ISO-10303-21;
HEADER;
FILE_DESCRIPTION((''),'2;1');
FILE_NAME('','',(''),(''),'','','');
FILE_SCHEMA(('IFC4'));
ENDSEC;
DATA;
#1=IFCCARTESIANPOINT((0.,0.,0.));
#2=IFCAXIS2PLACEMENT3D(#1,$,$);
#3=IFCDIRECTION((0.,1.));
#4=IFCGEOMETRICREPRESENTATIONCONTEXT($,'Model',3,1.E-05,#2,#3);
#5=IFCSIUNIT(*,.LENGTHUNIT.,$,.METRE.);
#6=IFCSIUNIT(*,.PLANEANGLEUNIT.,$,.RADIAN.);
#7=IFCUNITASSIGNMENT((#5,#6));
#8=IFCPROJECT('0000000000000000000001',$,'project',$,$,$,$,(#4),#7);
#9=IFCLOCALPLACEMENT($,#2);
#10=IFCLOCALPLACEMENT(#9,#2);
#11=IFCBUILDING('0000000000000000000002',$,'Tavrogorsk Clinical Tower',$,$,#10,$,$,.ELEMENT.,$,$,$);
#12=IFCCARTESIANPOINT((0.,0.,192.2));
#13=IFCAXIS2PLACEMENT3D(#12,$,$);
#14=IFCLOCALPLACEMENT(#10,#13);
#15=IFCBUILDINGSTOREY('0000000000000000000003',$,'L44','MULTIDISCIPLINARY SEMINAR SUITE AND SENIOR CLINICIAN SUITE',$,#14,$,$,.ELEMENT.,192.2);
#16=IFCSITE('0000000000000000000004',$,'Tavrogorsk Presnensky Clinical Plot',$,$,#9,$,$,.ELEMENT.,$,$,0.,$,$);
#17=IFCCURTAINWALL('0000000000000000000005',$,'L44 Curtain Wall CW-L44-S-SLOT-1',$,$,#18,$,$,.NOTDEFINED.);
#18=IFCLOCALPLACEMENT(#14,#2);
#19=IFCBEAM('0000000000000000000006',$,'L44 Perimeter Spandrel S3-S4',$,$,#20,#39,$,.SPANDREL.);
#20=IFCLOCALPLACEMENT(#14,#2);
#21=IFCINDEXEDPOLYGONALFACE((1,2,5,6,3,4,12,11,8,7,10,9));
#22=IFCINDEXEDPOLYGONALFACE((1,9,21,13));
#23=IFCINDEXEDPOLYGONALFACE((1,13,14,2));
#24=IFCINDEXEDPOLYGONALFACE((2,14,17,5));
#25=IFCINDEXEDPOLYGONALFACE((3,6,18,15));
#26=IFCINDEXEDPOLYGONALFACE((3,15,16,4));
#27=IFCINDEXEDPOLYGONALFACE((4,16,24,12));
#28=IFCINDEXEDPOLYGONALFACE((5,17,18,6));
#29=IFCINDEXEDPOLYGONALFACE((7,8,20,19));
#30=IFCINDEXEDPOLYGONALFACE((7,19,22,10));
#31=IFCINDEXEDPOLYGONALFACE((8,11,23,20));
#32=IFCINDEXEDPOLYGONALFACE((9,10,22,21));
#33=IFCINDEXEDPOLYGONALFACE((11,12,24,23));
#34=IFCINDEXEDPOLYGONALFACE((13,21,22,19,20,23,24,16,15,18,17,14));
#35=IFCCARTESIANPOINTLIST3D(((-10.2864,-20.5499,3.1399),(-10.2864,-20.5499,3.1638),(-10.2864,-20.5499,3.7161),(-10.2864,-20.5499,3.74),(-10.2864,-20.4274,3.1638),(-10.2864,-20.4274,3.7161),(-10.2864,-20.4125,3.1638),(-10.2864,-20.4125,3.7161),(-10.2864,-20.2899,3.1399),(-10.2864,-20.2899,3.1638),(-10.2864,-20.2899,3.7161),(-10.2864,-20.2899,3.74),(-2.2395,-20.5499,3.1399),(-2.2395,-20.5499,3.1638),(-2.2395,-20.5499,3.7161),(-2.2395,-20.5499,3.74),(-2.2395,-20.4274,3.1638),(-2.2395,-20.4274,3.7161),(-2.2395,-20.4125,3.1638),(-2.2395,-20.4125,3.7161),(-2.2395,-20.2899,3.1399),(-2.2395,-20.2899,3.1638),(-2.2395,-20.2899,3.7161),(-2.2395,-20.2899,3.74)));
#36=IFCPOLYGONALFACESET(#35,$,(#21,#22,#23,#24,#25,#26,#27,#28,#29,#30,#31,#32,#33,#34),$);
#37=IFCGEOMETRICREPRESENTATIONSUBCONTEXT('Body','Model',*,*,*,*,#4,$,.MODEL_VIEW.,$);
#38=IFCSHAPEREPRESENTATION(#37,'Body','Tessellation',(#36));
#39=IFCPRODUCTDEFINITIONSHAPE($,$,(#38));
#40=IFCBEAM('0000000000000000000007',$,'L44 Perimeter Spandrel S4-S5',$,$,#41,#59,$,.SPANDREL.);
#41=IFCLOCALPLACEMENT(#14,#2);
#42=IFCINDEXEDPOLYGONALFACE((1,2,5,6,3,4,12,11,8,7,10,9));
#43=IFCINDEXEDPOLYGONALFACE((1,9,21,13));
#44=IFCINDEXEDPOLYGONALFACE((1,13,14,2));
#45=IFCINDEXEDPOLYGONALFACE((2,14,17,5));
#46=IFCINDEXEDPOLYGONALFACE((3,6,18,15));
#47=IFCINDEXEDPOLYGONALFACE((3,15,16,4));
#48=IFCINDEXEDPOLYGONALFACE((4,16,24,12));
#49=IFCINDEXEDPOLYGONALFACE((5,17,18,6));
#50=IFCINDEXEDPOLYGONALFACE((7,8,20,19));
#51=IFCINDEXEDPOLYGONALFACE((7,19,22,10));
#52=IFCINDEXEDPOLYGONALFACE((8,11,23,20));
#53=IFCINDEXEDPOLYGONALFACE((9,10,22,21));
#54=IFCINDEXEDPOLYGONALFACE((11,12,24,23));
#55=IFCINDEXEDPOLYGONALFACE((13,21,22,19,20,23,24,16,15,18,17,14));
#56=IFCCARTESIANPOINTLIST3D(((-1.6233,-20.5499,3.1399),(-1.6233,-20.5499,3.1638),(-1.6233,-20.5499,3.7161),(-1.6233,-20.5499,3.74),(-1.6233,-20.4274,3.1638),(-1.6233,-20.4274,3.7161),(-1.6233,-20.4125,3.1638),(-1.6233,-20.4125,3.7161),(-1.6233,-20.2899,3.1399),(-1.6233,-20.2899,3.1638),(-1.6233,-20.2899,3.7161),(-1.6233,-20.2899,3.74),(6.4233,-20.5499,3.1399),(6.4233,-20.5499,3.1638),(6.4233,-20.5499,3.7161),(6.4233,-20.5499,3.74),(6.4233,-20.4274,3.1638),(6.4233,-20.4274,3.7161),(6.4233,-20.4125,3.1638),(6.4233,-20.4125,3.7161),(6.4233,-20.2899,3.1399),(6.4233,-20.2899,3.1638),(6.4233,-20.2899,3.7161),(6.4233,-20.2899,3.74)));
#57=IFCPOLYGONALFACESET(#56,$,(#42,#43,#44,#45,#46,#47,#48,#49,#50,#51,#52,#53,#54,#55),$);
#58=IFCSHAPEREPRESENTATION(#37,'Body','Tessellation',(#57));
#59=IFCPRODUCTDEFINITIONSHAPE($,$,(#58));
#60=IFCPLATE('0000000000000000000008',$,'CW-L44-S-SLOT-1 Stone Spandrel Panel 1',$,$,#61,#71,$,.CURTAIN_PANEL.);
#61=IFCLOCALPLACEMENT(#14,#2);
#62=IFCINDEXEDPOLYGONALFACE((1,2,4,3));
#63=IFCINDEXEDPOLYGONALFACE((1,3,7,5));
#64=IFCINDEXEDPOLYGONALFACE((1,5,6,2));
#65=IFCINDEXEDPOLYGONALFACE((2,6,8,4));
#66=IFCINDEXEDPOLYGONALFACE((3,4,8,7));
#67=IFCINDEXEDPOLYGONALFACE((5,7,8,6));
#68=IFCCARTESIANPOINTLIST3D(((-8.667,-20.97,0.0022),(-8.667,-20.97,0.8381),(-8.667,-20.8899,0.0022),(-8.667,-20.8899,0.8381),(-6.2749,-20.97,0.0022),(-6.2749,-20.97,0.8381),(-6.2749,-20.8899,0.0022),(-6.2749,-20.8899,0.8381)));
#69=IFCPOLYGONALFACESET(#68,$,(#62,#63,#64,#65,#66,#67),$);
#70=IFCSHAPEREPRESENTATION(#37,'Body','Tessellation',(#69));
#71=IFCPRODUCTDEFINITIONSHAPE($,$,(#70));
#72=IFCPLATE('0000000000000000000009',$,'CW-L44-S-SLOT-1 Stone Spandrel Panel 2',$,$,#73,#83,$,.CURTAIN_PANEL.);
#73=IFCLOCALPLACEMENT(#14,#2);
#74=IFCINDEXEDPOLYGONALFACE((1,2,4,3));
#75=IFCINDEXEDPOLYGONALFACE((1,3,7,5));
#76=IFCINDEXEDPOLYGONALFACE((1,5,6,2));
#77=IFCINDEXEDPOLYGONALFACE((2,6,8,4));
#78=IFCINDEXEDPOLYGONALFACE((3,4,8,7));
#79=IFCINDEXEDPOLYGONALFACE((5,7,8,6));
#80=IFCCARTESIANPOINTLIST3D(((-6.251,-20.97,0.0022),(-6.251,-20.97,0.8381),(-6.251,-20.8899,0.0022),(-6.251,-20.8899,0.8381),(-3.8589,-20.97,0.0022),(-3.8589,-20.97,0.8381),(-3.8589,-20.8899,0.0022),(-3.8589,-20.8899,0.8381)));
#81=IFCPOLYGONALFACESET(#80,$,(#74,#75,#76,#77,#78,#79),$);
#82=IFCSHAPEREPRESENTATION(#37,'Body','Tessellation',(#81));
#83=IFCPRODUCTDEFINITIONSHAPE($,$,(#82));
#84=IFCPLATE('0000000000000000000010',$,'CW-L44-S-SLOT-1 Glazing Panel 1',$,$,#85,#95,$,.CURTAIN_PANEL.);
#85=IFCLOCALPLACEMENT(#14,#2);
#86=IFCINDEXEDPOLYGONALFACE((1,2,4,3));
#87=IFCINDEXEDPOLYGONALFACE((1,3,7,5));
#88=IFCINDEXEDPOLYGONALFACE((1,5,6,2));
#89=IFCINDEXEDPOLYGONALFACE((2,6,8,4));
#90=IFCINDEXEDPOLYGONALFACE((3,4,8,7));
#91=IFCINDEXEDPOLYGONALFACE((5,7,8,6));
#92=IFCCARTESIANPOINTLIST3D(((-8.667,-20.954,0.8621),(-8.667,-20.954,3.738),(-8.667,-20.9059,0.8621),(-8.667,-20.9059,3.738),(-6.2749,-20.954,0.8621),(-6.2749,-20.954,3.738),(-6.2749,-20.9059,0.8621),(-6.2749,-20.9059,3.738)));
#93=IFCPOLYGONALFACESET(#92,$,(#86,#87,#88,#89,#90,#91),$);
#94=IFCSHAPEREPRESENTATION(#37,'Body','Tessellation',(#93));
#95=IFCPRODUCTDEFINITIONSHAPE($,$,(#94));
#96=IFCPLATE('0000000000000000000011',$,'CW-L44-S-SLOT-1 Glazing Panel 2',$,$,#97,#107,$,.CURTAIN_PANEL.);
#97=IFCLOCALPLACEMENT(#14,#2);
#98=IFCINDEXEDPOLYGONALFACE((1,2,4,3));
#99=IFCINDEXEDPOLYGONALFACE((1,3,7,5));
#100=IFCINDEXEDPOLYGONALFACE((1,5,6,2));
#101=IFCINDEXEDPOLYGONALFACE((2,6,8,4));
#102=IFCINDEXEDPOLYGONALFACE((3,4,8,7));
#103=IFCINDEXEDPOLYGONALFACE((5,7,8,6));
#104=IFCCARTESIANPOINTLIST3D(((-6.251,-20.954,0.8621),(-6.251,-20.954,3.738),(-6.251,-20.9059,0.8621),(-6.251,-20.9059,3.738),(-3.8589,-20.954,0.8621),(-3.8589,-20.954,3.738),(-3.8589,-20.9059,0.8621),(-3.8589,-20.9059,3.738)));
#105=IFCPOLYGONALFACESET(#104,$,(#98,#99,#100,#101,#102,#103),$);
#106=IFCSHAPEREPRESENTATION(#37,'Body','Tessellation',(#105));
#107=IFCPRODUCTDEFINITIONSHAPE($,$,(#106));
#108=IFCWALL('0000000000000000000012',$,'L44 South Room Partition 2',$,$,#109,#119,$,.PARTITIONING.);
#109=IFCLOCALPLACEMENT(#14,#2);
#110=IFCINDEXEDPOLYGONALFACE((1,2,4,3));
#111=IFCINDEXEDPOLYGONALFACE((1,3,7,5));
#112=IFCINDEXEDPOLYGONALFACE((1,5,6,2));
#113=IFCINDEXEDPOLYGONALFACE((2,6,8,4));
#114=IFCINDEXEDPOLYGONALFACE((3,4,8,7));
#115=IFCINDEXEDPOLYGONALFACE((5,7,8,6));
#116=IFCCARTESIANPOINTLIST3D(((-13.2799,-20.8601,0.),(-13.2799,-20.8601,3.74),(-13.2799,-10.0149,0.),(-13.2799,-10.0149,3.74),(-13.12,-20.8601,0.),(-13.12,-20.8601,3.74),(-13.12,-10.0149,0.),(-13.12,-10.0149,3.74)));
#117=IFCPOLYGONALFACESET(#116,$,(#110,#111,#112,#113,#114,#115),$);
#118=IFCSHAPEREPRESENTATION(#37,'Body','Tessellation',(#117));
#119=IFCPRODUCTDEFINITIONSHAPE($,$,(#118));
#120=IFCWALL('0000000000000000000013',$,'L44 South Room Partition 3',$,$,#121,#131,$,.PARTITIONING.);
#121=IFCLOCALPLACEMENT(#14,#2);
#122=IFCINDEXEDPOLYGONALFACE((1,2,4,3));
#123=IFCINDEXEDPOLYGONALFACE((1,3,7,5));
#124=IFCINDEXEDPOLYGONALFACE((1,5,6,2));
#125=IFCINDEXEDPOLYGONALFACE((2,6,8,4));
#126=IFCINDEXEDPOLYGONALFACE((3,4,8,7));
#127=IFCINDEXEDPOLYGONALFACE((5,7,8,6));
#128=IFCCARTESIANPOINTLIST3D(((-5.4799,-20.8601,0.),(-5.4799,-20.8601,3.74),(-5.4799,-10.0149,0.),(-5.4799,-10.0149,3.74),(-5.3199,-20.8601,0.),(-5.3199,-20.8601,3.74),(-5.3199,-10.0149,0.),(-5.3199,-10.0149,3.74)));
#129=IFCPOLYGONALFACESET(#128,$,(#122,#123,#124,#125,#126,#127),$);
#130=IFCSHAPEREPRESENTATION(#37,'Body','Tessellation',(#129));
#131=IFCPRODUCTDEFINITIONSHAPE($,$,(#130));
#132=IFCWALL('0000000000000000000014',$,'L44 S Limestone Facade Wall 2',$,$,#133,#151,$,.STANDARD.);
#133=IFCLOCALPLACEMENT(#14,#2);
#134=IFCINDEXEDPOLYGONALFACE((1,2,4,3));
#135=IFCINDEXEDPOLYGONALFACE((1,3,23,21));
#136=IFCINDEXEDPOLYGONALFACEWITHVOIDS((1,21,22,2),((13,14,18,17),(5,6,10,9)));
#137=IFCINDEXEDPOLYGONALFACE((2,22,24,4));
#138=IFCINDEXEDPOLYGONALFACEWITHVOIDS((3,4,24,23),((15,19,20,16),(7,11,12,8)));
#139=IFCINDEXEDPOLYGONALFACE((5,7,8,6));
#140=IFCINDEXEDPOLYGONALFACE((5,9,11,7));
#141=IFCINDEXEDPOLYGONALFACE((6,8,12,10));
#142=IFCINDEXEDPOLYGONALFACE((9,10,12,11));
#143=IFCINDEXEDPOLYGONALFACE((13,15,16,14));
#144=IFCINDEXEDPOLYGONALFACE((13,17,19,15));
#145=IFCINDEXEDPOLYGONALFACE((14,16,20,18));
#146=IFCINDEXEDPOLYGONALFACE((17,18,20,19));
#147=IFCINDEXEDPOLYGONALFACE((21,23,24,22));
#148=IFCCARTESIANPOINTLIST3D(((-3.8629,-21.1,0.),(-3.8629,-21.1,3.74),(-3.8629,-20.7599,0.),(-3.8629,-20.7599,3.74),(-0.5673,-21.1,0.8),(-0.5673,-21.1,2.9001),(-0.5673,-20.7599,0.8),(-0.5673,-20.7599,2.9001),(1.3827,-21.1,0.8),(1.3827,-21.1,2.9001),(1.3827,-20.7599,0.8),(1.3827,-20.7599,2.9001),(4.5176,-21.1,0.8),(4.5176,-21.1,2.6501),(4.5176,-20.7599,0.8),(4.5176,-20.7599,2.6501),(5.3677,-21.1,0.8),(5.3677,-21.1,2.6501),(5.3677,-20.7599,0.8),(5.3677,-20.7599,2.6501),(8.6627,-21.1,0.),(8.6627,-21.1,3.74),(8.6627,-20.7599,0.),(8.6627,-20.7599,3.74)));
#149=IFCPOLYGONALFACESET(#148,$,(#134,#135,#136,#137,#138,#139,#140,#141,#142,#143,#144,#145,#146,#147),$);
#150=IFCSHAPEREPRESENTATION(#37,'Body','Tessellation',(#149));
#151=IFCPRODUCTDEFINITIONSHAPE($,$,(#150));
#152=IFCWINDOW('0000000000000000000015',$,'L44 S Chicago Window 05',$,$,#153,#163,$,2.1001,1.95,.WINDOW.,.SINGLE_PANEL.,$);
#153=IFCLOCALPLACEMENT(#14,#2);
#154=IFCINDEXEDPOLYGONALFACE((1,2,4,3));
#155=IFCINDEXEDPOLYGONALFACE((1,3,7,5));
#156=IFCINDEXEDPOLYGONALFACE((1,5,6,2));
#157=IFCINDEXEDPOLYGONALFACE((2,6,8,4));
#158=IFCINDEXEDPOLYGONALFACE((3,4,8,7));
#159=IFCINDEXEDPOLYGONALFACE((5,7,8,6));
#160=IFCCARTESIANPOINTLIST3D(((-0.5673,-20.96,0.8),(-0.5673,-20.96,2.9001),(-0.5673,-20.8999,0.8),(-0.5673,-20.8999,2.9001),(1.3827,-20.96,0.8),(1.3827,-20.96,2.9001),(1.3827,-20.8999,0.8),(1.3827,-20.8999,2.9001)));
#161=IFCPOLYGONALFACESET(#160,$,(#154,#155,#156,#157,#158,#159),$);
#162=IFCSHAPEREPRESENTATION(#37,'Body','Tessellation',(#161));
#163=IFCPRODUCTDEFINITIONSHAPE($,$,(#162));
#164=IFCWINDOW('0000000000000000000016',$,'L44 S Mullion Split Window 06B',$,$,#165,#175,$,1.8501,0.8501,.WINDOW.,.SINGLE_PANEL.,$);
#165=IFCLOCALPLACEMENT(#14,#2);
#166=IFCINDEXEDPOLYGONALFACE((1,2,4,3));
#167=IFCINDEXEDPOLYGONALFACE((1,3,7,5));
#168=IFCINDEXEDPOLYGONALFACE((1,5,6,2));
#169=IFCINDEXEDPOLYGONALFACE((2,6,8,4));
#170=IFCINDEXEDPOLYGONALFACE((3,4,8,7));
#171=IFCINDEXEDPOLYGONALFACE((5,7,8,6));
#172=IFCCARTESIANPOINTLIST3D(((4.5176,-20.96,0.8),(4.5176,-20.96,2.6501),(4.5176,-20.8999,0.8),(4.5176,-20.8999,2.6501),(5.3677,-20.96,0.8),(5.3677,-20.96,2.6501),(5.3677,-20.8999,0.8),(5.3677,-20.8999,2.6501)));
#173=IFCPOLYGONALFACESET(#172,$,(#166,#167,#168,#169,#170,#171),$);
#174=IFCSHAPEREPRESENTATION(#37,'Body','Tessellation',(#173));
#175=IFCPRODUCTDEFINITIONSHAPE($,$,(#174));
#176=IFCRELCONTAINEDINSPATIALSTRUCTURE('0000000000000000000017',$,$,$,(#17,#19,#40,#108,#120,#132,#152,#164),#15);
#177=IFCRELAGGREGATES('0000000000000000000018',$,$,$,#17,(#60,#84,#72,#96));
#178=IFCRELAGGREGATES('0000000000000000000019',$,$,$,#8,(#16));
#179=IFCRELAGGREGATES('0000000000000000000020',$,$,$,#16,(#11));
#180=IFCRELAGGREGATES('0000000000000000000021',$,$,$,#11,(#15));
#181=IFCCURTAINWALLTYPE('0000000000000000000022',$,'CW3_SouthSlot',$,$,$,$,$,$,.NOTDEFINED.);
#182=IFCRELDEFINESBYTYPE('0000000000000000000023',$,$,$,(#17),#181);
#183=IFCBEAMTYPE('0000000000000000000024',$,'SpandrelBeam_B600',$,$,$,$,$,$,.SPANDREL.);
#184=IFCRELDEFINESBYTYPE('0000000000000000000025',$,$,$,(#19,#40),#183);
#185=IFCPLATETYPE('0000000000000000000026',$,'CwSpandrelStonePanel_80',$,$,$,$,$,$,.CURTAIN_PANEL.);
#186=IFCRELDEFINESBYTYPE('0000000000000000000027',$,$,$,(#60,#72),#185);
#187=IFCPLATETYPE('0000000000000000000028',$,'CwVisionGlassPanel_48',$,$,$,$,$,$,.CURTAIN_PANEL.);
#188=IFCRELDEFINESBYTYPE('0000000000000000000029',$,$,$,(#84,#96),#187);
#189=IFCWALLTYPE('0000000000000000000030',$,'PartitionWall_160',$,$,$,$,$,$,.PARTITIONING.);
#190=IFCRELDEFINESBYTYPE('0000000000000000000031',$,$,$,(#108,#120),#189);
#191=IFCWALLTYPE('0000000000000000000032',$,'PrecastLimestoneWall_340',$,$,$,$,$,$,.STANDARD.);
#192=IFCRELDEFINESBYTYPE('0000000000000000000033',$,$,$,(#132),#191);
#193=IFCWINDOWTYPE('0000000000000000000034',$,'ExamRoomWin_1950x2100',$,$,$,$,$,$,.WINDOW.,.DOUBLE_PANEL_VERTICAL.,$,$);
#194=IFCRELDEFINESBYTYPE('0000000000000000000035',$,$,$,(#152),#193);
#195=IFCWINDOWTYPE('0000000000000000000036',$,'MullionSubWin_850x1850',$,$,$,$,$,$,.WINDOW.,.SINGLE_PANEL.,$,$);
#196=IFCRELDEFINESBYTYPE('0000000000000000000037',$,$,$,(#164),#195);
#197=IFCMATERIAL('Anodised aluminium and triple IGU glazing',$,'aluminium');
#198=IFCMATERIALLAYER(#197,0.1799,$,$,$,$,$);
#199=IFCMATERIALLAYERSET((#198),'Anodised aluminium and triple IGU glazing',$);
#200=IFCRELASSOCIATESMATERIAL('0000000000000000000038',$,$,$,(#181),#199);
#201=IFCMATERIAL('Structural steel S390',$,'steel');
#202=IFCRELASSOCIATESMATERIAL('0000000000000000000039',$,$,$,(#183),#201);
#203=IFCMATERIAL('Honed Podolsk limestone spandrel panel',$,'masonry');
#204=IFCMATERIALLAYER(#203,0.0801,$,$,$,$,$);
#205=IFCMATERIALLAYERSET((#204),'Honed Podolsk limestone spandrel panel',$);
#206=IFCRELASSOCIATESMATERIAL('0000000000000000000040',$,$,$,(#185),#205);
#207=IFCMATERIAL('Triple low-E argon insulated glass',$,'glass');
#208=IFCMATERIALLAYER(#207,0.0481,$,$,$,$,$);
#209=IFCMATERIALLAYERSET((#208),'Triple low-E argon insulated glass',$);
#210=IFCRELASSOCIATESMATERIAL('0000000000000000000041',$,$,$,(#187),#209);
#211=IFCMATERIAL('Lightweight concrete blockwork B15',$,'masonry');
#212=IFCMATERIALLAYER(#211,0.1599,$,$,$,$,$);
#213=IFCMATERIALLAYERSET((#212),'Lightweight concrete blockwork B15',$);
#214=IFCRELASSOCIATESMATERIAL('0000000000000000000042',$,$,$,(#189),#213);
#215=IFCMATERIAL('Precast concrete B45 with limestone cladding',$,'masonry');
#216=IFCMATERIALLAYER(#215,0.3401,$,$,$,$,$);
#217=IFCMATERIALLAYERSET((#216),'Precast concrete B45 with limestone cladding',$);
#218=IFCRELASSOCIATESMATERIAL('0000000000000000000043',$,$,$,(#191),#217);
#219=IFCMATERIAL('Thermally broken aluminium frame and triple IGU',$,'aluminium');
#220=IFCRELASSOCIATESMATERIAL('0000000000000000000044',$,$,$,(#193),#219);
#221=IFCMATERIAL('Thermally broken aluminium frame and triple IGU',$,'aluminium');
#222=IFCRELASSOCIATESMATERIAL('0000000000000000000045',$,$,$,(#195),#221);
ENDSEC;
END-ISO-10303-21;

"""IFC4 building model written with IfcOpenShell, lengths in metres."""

from ifc_helpers import new_model, si_unit, direction, frame, frame_2d, origin, origin_2d, place, context, subcontext, project, spatial, rectangle, i_section, extrude, material, layer, layer_set, material_profile, profile_set, type_object, element, fill, aggregate, save


model = new_model("IFC4")

# Units and contexts
model_context = context("Model", 3, precision=1e-05, world=origin(), true_north=direction((0.0, 1.0)))
body_context = subcontext(model_context, "Body", "Model", "MODEL_VIEW")
ifc_project = project(units=[si_unit("LENGTHUNIT", "METRE"), si_unit("PLANEANGLEUNIT", "RADIAN")], contexts=[model_context])

# Site, building, storey
site_placement = place(None, origin())
site = spatial("IfcSite", under=ifc_project, at=site_placement, Name="Tavrogorsk Presnensky Clinical Plot", CompositionType="ELEMENT", RefElevation=0.0)
building_placement = place(site_placement, origin())
building = spatial("IfcBuilding", under=site, at=building_placement, Name="Tavrogorsk Clinical Tower", CompositionType="ELEMENT")
storey_placement = place(building_placement, frame((0.0, 0.0, 192.2)))
storey = spatial("IfcBuildingStorey", under=building, at=storey_placement, Name="L44", Description="MULTIDISCIPLINARY SEMINAR SUITE AND SENIOR CLINICIAN SUITE", CompositionType="ELEMENT", Elevation=192.2)

# Curtain wall
ifc_material_1 = material(Name="Anodised aluminium and triple IGU glazing", Category="aluminium")
ifc_layer_1 = layer(ifc_material_1, 0.1799)
ifc_layer_set_1 = layer_set([ifc_layer_1], Name="Anodised aluminium and triple IGU glazing")
curtain_wall_type = type_object("IfcCurtainWallType", Name="CW3_SouthSlot", PredefinedType="NOTDEFINED", material=ifc_layer_set_1)
curtain_wall_placement = place(storey_placement, origin())
curtain_wall = element("IfcCurtainWall", 1, at=curtain_wall_placement, inside=storey, type_object=curtain_wall_type, Name="L44 Curtain Wall CW-L44-S-SLOT-1", PredefinedType="NOTDEFINED")

# Beams
ifc_material_2 = material(Name="Structural steel S390", Category="steel")
ifc_material_profile_1 = material_profile(ifc_material_2, i_section(OverallWidth=0.26, OverallDepth=0.6001, WebThickness=0.0149, FlangeThickness=0.0239, at=origin_2d()), Name="B-600x260x15x24")
ifc_profile_set_1 = profile_set([ifc_material_profile_1], Name="Structural steel S390")
beam_type_1 = type_object("IfcBeamType", Name="SpandrelBeam_B600", PredefinedType="SPANDREL", material=ifc_profile_set_1)
beam_1_placement = place(storey_placement, frame((-10.2864, -20.4199, 3.4399), z_axis=(1.0, 0.0, 0.0), x_axis=(0.0, 1.0, 0.0)))
element("IfcBeam", 2, at=beam_1_placement, inside=storey, type_object=beam_type_1, Name="L44 Perimeter Spandrel S3-S4", PredefinedType="SPANDREL", context=body_context, shape_type="SweptSolid", body=[
    extrude(i_section(OverallWidth=0.26, OverallDepth=0.6001, WebThickness=0.0149, FlangeThickness=0.0239, at=origin_2d()), origin(), (0.0, 0.0, 1.0), 8.0469),
])
beam_2_placement = place(storey_placement, frame((-1.6233, -20.4199, 3.4399), z_axis=(1.0, 0.0, 0.0), x_axis=(0.0, 1.0, 0.0)))
element("IfcBeam", 3, at=beam_2_placement, inside=storey, type_object=beam_type_1, Name="L44 Perimeter Spandrel S4-S5", PredefinedType="SPANDREL", context=body_context, shape_type="SweptSolid", body=[
    extrude(i_section(OverallWidth=0.26, OverallDepth=0.6001, WebThickness=0.0149, FlangeThickness=0.0239, at=origin_2d()), origin(), (0.0, 0.0, 1.0), 8.0466),
])

# Plates
ifc_material_3 = material(Name="Honed Podolsk limestone spandrel panel", Category="masonry")
ifc_layer_2 = layer(ifc_material_3, 0.0801)
ifc_layer_set_2 = layer_set([ifc_layer_2], Name="Honed Podolsk limestone spandrel panel")
plate_type_1 = type_object("IfcPlateType", Name="CwSpandrelStonePanel_80", PredefinedType="CURTAIN_PANEL", material=ifc_layer_set_2)
plate_1_placement = place(storey_placement, frame((-7.4709, -20.9299, 0.0022), z_axis=(0.0, 0.0, 1.0), x_axis=(1.0, 0.0, 0.0)))
plate_1 = element("IfcPlate", 4, at=plate_1_placement, type_object=plate_type_1, Name="CW-L44-S-SLOT-1 Stone Spandrel Panel 1", PredefinedType="CURTAIN_PANEL", context=body_context, shape_type="SweptSolid", body=[
    extrude(rectangle(XDim=2.3921, YDim=0.0801, at=origin_2d()), origin(), (0.0, 0.0, 1.0), 0.8359),
])
plate_2_placement = place(storey_placement, frame((-5.0549, -20.9299, 0.0022), z_axis=(0.0, 0.0, 1.0), x_axis=(1.0, 0.0, 0.0)))
plate_2 = element("IfcPlate", 5, at=plate_2_placement, type_object=plate_type_1, Name="CW-L44-S-SLOT-1 Stone Spandrel Panel 2", PredefinedType="CURTAIN_PANEL", context=body_context, shape_type="SweptSolid", body=[
    extrude(rectangle(XDim=2.3921, YDim=0.0801, at=origin_2d()), origin(), (0.0, 0.0, 1.0), 0.8359),
])
ifc_material_4 = material(Name="Triple low-E argon insulated glass", Category="glass")
ifc_layer_3 = layer(ifc_material_4, 0.0481)
ifc_layer_set_3 = layer_set([ifc_layer_3], Name="Triple low-E argon insulated glass")
plate_type_2 = type_object("IfcPlateType", Name="CwVisionGlassPanel_48", PredefinedType="CURTAIN_PANEL", material=ifc_layer_set_3)
plate_3_placement = place(storey_placement, frame((-7.4709, -20.9299, 0.8621), z_axis=(0.0, 0.0, 1.0), x_axis=(1.0, 0.0, 0.0)))
plate_3 = element("IfcPlate", 6, at=plate_3_placement, type_object=plate_type_2, Name="CW-L44-S-SLOT-1 Glazing Panel 1", PredefinedType="CURTAIN_PANEL", context=body_context, shape_type="SweptSolid", body=[
    extrude(rectangle(XDim=2.3921, YDim=0.0481, at=origin_2d()), origin(), (0.0, 0.0, 1.0), 2.876),
])
plate_4_placement = place(storey_placement, frame((-5.0549, -20.9299, 0.8621), z_axis=(0.0, 0.0, 1.0), x_axis=(1.0, 0.0, 0.0)))
plate_4 = element("IfcPlate", 7, at=plate_4_placement, type_object=plate_type_2, Name="CW-L44-S-SLOT-1 Glazing Panel 2", PredefinedType="CURTAIN_PANEL", context=body_context, shape_type="SweptSolid", body=[
    extrude(rectangle(XDim=2.3921, YDim=0.0481, at=origin_2d()), origin(), (0.0, 0.0, 1.0), 2.876),
])
aggregate(curtain_wall, [plate_1, plate_3, plate_2, plate_4])

# Walls
ifc_material_5 = material(Name="Lightweight concrete blockwork B15", Category="masonry")
ifc_layer_4 = layer(ifc_material_5, 0.1599)
ifc_layer_set_4 = layer_set([ifc_layer_4], Name="Lightweight concrete blockwork B15")
wall_type_1 = type_object("IfcWallType", Name="PartitionWall_160", PredefinedType="PARTITIONING", material=ifc_layer_set_4)
for number, where, z_axis, x_axis, name in (
    (8, (-13.2, -20.8601, 0.0), (0.0, 0.0, 1.0), (0.0, 1.0, 0.0), "L44 South Room Partition 2"),
    (9, (-5.3999, -20.8601, 0.0), (0.0, 0.0, 1.0), (0.0, 1.0, 0.0), "L44 South Room Partition 3"),
):
    element("IfcWall", number, at=place(storey_placement, frame(where, z_axis=z_axis, x_axis=x_axis)), inside=storey, type_object=wall_type_1, Name=name, PredefinedType="PARTITIONING", context=body_context, shape_type="SweptSolid", body=[
        extrude(rectangle(XDim=10.8452, YDim=0.1599, at=frame_2d((5.4226, 0.0))), origin(), (0.0, 0.0, 1.0), 3.74),
    ])

# Wall, openings, windows
ifc_material_6 = material(Name="Precast concrete B45 with limestone cladding", Category="masonry")
ifc_layer_5 = layer(ifc_material_6, 0.3401)
ifc_layer_set_5 = layer_set([ifc_layer_5], Name="Precast concrete B45 with limestone cladding")
wall_type_2 = type_object("IfcWallType", Name="PrecastLimestoneWall_340", PredefinedType="STANDARD", material=ifc_layer_set_5)
wall_placement = place(storey_placement, frame((-3.8628, -20.9299, 0.0), z_axis=(0.0, 0.0, 1.0), x_axis=(1.0, 0.0, 0.0)))
wall = element("IfcWall", 10, at=wall_placement, inside=storey, type_object=wall_type_2, Name="L44 S Limestone Facade Wall 2", PredefinedType="STANDARD", context=body_context, shape_type="SweptSolid", body=[
    extrude(rectangle(XDim=12.5256, YDim=0.3401, at=frame_2d((6.2627, 0.0))), origin(), (0.0, 0.0, 1.0), 3.74),
])
opening_1_placement = place(wall_placement, frame((3.2954, 0.0, 0.8)))
opening_1 = element("IfcOpeningElement", 11, at=opening_1_placement, cuts=wall, PredefinedType="OPENING", context=body_context, shape_type="SweptSolid", body=[
    extrude(rectangle(XDim=1.95, YDim=2.1001, at=frame_2d((0.9751, 1.05))), frame((0.0, 0.1799, 0.0), z_axis=(0.0, -1.0, 0.0), x_axis=(1.0, 0.0, 0.0)), (0.0, 0.0, 1.0), 0.3601),
])
opening_2_placement = place(wall_placement, frame((8.3804, 0.0, 0.8)))
opening_2 = element("IfcOpeningElement", 12, at=opening_2_placement, cuts=wall, PredefinedType="OPENING", context=body_context, shape_type="SweptSolid", body=[
    extrude(rectangle(XDim=0.8501, YDim=1.8501, at=frame_2d((0.425, 0.925))), frame((0.0, 0.1799, 0.0), z_axis=(0.0, -1.0, 0.0), x_axis=(1.0, 0.0, 0.0)), (0.0, 0.0, 1.0), 0.3601),
])
ifc_material_7 = material(Name="Thermally broken aluminium frame and triple IGU", Category="aluminium")
window_type_1 = type_object("IfcWindowType", Name="ExamRoomWin_1950x2100", PartitioningType="DOUBLE_PANEL_VERTICAL", PredefinedType="WINDOW", material=ifc_material_7)
window_1_placement = place(opening_1_placement, origin())
window_1 = element("IfcWindow", 13, at=window_1_placement, inside=storey, type_object=window_type_1, Name="L44 S Chicago Window 05", OverallHeight=2.1001, OverallWidth=1.95, PartitioningType="SINGLE_PANEL", PredefinedType="WINDOW", context=body_context, shape_type="SweptSolid", body=[
    extrude(rectangle(XDim=1.95, YDim=2.1001, at=frame_2d((0.9751, 1.05))), frame((0.0, 0.03, 0.0), z_axis=(0.0, -1.0, 0.0), x_axis=(1.0, 0.0, 0.0)), (0.0, 0.0, 1.0), 0.0601),
])
fill(opening_1, window_1)
ifc_material_8 = material(Name="Thermally broken aluminium frame and triple IGU", Category="aluminium")
window_type_2 = type_object("IfcWindowType", Name="MullionSubWin_850x1850", PartitioningType="SINGLE_PANEL", PredefinedType="WINDOW", material=ifc_material_8)
window_2_placement = place(opening_2_placement, origin())
window_2 = element("IfcWindow", 14, at=window_2_placement, inside=storey, type_object=window_type_2, Name="L44 S Mullion Split Window 06B", OverallHeight=1.8501, OverallWidth=0.8501, PartitioningType="SINGLE_PANEL", PredefinedType="WINDOW", context=body_context, shape_type="SweptSolid", body=[
    extrude(rectangle(XDim=0.8501, YDim=1.8501, at=frame_2d((0.425, 0.925))), frame((0.0, 0.03, 0.0), z_axis=(0.0, -1.0, 0.0), x_axis=(1.0, 0.0, 0.0)), (0.0, 0.0, 1.0), 0.0601),
])
fill(opening_2, window_2)

save(model, "model.ifc")
